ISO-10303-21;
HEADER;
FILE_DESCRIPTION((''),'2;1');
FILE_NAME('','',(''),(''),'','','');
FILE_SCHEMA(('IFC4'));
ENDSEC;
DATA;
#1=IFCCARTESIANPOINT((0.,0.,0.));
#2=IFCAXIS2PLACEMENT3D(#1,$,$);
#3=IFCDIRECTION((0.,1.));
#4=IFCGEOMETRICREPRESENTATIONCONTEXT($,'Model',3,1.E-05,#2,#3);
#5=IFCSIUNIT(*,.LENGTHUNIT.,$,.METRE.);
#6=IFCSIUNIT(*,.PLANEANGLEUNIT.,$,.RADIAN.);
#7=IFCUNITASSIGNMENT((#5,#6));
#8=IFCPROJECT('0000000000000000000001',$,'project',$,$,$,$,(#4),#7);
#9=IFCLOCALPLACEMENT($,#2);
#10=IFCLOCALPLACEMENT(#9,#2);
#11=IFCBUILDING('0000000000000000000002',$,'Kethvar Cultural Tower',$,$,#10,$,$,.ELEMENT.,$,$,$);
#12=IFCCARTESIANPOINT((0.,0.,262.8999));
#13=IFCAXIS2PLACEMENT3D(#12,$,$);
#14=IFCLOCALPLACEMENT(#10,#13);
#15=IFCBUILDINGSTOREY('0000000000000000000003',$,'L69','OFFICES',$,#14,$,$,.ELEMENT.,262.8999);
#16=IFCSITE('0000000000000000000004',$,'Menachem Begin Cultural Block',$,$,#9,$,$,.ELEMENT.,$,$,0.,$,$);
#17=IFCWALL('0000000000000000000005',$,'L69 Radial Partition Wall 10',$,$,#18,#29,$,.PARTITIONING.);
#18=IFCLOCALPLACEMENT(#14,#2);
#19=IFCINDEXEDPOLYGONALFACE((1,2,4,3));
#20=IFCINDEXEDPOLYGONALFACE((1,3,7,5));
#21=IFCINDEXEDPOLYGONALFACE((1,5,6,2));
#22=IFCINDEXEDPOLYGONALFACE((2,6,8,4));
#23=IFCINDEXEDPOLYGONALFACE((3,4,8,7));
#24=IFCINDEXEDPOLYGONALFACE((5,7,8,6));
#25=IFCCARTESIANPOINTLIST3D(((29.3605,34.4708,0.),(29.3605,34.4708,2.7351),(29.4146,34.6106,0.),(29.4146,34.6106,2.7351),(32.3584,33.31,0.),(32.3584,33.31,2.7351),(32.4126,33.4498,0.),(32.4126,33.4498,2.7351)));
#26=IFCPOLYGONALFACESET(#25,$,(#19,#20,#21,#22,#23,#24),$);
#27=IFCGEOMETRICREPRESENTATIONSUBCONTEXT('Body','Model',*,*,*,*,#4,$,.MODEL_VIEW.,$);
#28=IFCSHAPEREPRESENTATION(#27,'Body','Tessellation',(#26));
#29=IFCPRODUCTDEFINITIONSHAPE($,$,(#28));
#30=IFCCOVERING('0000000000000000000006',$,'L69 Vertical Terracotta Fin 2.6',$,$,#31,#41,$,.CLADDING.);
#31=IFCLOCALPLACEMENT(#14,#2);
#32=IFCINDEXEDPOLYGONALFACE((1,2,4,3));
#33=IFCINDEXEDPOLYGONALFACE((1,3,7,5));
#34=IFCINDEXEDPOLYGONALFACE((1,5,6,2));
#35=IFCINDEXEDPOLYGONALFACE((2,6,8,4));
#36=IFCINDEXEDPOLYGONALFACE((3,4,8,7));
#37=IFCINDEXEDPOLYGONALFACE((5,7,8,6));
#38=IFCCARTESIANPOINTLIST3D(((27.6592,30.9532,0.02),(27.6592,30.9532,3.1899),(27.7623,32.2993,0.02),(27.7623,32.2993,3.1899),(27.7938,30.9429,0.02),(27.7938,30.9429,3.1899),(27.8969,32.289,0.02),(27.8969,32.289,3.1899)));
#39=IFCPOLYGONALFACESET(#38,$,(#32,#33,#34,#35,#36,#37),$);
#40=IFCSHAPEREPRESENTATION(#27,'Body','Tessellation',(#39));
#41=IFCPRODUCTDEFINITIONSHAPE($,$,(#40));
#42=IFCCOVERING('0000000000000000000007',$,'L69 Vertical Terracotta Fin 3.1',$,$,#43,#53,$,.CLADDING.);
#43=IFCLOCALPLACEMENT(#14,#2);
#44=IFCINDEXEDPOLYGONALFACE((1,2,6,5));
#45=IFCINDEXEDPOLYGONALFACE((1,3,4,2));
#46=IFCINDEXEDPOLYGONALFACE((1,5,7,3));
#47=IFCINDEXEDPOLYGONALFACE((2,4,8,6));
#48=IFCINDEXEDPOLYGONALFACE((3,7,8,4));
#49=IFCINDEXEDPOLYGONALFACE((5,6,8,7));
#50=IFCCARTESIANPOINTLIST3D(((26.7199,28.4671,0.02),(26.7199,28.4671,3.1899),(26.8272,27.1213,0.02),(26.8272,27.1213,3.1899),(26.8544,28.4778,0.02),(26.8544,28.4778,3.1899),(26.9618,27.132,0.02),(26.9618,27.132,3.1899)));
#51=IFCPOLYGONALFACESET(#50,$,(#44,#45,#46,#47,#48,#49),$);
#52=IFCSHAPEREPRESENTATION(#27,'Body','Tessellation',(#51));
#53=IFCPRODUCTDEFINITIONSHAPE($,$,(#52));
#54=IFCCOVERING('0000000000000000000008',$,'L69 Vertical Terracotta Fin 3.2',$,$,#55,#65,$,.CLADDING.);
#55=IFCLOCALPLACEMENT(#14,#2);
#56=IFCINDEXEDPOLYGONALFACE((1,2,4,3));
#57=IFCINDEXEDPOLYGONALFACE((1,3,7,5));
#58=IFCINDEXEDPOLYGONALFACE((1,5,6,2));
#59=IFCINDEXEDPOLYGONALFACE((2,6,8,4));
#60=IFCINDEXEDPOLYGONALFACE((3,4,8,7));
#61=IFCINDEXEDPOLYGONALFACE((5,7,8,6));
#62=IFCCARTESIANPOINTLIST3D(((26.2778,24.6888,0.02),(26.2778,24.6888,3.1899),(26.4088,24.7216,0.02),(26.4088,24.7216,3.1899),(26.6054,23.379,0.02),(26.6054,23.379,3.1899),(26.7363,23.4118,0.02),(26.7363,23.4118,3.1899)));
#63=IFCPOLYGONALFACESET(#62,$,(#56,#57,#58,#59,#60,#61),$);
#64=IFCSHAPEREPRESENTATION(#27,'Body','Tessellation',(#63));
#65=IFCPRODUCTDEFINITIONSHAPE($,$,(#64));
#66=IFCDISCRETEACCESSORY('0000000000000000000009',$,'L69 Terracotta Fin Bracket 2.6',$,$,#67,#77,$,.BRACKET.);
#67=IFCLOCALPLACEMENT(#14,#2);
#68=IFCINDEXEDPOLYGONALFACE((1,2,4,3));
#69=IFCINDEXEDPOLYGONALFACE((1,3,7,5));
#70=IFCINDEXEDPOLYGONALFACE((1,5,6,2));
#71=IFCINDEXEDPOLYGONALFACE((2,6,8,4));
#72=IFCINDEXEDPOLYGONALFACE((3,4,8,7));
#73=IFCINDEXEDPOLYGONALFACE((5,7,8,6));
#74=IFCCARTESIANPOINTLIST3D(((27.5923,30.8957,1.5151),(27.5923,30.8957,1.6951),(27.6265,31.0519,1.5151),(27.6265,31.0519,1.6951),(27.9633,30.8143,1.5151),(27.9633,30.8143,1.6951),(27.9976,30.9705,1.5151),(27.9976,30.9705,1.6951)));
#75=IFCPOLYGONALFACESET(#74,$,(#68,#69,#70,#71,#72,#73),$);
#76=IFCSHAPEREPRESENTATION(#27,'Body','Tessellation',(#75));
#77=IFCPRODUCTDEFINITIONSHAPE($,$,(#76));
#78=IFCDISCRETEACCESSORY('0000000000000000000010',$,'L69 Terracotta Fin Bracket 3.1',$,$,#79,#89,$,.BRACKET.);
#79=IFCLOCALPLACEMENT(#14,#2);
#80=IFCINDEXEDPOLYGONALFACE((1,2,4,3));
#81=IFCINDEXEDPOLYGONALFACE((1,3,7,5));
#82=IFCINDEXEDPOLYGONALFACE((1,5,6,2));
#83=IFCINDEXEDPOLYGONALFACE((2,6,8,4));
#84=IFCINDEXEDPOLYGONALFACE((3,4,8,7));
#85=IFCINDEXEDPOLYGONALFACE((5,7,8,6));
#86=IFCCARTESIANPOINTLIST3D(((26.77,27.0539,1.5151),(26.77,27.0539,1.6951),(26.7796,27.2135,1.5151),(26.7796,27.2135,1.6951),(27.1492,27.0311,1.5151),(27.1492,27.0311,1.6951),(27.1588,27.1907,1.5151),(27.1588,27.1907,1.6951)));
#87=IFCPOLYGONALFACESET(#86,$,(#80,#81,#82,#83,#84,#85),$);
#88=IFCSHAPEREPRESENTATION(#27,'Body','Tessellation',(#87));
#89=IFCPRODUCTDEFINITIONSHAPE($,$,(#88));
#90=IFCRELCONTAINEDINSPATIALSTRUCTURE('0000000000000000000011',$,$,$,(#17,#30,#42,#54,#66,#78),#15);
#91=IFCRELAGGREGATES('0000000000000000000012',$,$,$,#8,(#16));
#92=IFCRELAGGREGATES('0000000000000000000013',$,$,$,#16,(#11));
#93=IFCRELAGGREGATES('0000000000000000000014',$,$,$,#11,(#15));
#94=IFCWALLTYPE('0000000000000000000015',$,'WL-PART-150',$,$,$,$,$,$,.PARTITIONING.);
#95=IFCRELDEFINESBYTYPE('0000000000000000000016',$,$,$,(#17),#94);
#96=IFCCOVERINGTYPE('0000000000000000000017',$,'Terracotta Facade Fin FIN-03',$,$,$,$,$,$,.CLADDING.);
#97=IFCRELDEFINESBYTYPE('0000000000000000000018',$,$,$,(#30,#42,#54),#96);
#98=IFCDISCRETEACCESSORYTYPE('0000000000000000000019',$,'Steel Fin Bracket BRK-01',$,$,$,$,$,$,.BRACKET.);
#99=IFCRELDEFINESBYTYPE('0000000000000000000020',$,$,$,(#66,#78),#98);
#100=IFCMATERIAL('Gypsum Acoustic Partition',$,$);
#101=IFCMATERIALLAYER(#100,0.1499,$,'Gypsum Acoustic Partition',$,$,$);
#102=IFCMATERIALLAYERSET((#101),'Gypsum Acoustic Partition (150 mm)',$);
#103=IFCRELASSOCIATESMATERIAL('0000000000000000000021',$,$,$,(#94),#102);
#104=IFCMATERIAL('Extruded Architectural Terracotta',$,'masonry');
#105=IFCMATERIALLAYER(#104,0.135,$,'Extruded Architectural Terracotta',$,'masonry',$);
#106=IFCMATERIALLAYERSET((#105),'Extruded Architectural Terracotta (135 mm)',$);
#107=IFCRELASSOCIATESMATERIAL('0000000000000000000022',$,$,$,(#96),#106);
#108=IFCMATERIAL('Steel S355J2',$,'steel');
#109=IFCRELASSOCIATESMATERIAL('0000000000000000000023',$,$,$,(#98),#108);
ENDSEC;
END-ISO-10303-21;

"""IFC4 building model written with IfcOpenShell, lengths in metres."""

from ifc_helpers import new_model, si_unit, direction, frame, frame_2d, origin, origin_2d, place, context, subcontext, project, spatial, rectangle, extrude, source, transform, mapped, material, layer, layer_set, type_object, element, save


model = new_model("IFC4")

# Units and contexts
model_context = context("Model", 3, precision=1e-05, world=origin(), true_north=direction((0.0, 1.0)))
body_context = subcontext(model_context, "Body", "Model", "MODEL_VIEW")
ifc_project = project(units=[si_unit("LENGTHUNIT", "METRE"), si_unit("PLANEANGLEUNIT", "RADIAN")], contexts=[model_context])

# Site, building, storey
site_placement = place(None, origin())
site = spatial("IfcSite", under=ifc_project, at=site_placement, Name="Menachem Begin Cultural Block", CompositionType="ELEMENT", RefElevation=0.0)
building_placement = place(site_placement, origin())
building = spatial("IfcBuilding", under=site, at=building_placement, Name="Kethvar Cultural Tower", CompositionType="ELEMENT")
storey_placement = place(building_placement, frame((0.0, 0.0, 262.8999)))
storey = spatial("IfcBuildingStorey", under=building, at=storey_placement, Name="L69", Description="OFFICES", CompositionType="ELEMENT", Elevation=262.8999)

# Shared definitions
ifc_material_1 = material(Name="Steel S355J2", Category="steel")

# Wall
ifc_material_2 = material(Name="Gypsum Acoustic Partition")
ifc_layer_1 = layer(ifc_material_2, 0.1499, Name="Gypsum Acoustic Partition")
ifc_layer_set_1 = layer_set([ifc_layer_1], Name="Gypsum Acoustic Partition (150 mm)")
wall_type_1 = type_object("IfcWallType", Name="WL-PART-150", PredefinedType="PARTITIONING", material=ifc_layer_set_1)
wall_1_placement = place(storey_placement, frame((32.3855, 33.3799, 0.0), z_axis=(0.0, 0.0, 1.0), x_axis=(-0.932531, 0.36109, 0.0)))
element("IfcWall", 1, at=wall_1_placement, inside=storey, type_object=wall_type_1, Name="L69 Radial Partition Wall 10", PredefinedType="PARTITIONING", context=body_context, shape_type="SweptSolid", body=[
    extrude(rectangle(XDim=3.2148, YDim=0.1499, at=frame_2d((1.6074, 0.0))), origin(), (0.0, 0.0, 1.0), 2.7351),
])

# Coverings
ifc_material_3 = material(Name="Extruded Architectural Terracotta", Category="masonry")
ifc_layer_2 = layer(ifc_material_3, 0.135, Name="Extruded Architectural Terracotta", Category="masonry")
ifc_layer_set_2 = layer_set([ifc_layer_2], Name="Extruded Architectural Terracotta (135 mm)")
covering_type = type_object("IfcCoveringType", Name="Terracotta Facade Fin FIN-03", PredefinedType="CLADDING", material=ifc_layer_set_2)
shared_shape_1 = source(origin(), body_context, "Body", "SweptSolid", [
    extrude(rectangle(XDim=1.3501, YDim=0.135, at=origin_2d()), origin(), (0.0, 0.0, 1.0), 3.1699),
])
for number, where, z_axis, x_axis, name in (
    (2, (27.7781, 31.6211, 0.02), (0.0, 0.0, 1.0), (0.076371, 0.997079, 0.0), "L69 Vertical Terracotta Fin 2.6"),
    (3, (26.8408, 27.7996, 0.02), (0.0, 0.0, 1.0), (-0.079503, 0.996835, 0.0), "L69 Vertical Terracotta Fin 3.1"),
    (4, (26.5071, 24.0503, 0.02), (0.0, 0.0, 1.0), (-0.242599, 0.970127, 0.0), "L69 Vertical Terracotta Fin 3.2"),
):
    element("IfcCovering", number, at=place(storey_placement, frame(where, z_axis=z_axis, x_axis=x_axis)), inside=storey, type_object=covering_type, Name=name, PredefinedType="CLADDING", context=body_context, shape_type="MappedRepresentation", body=[
        mapped(shared_shape_1, transform((0.0, 0.0, 0.0), scale=1.0)),
    ])

# Discrete accessories
discrete_accessory_type = type_object("IfcDiscreteAccessoryType", Name="Steel Fin Bracket BRK-01", PredefinedType="BRACKET", material=ifc_material_1)
shared_shape_2 = source(origin(), body_context, "Body", "SweptSolid", [
    extrude(rectangle(XDim=0.3799, YDim=0.1599, at=origin_2d()), origin(), (0.0, 0.0, 1.0), 0.1799),
])
for number, where, z_axis, x_axis, name in (
    (5, (27.7949, 30.9331, 1.5151), (0.0, 0.0, 1.0), (-0.976747, 0.214394, 0.0), "L69 Terracotta Fin Bracket 2.6"),
    (6, (26.9644, 27.1223, 1.5151), (0.0, 0.0, 1.0), (-0.998198, 0.060003, 0.0), "L69 Terracotta Fin Bracket 3.1"),
):
    element("IfcDiscreteAccessory", number, at=place(storey_placement, frame(where, z_axis=z_axis, x_axis=x_axis)), inside=storey, type_object=discrete_accessory_type, Name=name, PredefinedType="BRACKET", context=body_context, shape_type="MappedRepresentation", body=[
        mapped(shared_shape_2, transform((0.0, 0.0, 0.0), scale=1.0)),
    ])

save(model, "model.ifc")
